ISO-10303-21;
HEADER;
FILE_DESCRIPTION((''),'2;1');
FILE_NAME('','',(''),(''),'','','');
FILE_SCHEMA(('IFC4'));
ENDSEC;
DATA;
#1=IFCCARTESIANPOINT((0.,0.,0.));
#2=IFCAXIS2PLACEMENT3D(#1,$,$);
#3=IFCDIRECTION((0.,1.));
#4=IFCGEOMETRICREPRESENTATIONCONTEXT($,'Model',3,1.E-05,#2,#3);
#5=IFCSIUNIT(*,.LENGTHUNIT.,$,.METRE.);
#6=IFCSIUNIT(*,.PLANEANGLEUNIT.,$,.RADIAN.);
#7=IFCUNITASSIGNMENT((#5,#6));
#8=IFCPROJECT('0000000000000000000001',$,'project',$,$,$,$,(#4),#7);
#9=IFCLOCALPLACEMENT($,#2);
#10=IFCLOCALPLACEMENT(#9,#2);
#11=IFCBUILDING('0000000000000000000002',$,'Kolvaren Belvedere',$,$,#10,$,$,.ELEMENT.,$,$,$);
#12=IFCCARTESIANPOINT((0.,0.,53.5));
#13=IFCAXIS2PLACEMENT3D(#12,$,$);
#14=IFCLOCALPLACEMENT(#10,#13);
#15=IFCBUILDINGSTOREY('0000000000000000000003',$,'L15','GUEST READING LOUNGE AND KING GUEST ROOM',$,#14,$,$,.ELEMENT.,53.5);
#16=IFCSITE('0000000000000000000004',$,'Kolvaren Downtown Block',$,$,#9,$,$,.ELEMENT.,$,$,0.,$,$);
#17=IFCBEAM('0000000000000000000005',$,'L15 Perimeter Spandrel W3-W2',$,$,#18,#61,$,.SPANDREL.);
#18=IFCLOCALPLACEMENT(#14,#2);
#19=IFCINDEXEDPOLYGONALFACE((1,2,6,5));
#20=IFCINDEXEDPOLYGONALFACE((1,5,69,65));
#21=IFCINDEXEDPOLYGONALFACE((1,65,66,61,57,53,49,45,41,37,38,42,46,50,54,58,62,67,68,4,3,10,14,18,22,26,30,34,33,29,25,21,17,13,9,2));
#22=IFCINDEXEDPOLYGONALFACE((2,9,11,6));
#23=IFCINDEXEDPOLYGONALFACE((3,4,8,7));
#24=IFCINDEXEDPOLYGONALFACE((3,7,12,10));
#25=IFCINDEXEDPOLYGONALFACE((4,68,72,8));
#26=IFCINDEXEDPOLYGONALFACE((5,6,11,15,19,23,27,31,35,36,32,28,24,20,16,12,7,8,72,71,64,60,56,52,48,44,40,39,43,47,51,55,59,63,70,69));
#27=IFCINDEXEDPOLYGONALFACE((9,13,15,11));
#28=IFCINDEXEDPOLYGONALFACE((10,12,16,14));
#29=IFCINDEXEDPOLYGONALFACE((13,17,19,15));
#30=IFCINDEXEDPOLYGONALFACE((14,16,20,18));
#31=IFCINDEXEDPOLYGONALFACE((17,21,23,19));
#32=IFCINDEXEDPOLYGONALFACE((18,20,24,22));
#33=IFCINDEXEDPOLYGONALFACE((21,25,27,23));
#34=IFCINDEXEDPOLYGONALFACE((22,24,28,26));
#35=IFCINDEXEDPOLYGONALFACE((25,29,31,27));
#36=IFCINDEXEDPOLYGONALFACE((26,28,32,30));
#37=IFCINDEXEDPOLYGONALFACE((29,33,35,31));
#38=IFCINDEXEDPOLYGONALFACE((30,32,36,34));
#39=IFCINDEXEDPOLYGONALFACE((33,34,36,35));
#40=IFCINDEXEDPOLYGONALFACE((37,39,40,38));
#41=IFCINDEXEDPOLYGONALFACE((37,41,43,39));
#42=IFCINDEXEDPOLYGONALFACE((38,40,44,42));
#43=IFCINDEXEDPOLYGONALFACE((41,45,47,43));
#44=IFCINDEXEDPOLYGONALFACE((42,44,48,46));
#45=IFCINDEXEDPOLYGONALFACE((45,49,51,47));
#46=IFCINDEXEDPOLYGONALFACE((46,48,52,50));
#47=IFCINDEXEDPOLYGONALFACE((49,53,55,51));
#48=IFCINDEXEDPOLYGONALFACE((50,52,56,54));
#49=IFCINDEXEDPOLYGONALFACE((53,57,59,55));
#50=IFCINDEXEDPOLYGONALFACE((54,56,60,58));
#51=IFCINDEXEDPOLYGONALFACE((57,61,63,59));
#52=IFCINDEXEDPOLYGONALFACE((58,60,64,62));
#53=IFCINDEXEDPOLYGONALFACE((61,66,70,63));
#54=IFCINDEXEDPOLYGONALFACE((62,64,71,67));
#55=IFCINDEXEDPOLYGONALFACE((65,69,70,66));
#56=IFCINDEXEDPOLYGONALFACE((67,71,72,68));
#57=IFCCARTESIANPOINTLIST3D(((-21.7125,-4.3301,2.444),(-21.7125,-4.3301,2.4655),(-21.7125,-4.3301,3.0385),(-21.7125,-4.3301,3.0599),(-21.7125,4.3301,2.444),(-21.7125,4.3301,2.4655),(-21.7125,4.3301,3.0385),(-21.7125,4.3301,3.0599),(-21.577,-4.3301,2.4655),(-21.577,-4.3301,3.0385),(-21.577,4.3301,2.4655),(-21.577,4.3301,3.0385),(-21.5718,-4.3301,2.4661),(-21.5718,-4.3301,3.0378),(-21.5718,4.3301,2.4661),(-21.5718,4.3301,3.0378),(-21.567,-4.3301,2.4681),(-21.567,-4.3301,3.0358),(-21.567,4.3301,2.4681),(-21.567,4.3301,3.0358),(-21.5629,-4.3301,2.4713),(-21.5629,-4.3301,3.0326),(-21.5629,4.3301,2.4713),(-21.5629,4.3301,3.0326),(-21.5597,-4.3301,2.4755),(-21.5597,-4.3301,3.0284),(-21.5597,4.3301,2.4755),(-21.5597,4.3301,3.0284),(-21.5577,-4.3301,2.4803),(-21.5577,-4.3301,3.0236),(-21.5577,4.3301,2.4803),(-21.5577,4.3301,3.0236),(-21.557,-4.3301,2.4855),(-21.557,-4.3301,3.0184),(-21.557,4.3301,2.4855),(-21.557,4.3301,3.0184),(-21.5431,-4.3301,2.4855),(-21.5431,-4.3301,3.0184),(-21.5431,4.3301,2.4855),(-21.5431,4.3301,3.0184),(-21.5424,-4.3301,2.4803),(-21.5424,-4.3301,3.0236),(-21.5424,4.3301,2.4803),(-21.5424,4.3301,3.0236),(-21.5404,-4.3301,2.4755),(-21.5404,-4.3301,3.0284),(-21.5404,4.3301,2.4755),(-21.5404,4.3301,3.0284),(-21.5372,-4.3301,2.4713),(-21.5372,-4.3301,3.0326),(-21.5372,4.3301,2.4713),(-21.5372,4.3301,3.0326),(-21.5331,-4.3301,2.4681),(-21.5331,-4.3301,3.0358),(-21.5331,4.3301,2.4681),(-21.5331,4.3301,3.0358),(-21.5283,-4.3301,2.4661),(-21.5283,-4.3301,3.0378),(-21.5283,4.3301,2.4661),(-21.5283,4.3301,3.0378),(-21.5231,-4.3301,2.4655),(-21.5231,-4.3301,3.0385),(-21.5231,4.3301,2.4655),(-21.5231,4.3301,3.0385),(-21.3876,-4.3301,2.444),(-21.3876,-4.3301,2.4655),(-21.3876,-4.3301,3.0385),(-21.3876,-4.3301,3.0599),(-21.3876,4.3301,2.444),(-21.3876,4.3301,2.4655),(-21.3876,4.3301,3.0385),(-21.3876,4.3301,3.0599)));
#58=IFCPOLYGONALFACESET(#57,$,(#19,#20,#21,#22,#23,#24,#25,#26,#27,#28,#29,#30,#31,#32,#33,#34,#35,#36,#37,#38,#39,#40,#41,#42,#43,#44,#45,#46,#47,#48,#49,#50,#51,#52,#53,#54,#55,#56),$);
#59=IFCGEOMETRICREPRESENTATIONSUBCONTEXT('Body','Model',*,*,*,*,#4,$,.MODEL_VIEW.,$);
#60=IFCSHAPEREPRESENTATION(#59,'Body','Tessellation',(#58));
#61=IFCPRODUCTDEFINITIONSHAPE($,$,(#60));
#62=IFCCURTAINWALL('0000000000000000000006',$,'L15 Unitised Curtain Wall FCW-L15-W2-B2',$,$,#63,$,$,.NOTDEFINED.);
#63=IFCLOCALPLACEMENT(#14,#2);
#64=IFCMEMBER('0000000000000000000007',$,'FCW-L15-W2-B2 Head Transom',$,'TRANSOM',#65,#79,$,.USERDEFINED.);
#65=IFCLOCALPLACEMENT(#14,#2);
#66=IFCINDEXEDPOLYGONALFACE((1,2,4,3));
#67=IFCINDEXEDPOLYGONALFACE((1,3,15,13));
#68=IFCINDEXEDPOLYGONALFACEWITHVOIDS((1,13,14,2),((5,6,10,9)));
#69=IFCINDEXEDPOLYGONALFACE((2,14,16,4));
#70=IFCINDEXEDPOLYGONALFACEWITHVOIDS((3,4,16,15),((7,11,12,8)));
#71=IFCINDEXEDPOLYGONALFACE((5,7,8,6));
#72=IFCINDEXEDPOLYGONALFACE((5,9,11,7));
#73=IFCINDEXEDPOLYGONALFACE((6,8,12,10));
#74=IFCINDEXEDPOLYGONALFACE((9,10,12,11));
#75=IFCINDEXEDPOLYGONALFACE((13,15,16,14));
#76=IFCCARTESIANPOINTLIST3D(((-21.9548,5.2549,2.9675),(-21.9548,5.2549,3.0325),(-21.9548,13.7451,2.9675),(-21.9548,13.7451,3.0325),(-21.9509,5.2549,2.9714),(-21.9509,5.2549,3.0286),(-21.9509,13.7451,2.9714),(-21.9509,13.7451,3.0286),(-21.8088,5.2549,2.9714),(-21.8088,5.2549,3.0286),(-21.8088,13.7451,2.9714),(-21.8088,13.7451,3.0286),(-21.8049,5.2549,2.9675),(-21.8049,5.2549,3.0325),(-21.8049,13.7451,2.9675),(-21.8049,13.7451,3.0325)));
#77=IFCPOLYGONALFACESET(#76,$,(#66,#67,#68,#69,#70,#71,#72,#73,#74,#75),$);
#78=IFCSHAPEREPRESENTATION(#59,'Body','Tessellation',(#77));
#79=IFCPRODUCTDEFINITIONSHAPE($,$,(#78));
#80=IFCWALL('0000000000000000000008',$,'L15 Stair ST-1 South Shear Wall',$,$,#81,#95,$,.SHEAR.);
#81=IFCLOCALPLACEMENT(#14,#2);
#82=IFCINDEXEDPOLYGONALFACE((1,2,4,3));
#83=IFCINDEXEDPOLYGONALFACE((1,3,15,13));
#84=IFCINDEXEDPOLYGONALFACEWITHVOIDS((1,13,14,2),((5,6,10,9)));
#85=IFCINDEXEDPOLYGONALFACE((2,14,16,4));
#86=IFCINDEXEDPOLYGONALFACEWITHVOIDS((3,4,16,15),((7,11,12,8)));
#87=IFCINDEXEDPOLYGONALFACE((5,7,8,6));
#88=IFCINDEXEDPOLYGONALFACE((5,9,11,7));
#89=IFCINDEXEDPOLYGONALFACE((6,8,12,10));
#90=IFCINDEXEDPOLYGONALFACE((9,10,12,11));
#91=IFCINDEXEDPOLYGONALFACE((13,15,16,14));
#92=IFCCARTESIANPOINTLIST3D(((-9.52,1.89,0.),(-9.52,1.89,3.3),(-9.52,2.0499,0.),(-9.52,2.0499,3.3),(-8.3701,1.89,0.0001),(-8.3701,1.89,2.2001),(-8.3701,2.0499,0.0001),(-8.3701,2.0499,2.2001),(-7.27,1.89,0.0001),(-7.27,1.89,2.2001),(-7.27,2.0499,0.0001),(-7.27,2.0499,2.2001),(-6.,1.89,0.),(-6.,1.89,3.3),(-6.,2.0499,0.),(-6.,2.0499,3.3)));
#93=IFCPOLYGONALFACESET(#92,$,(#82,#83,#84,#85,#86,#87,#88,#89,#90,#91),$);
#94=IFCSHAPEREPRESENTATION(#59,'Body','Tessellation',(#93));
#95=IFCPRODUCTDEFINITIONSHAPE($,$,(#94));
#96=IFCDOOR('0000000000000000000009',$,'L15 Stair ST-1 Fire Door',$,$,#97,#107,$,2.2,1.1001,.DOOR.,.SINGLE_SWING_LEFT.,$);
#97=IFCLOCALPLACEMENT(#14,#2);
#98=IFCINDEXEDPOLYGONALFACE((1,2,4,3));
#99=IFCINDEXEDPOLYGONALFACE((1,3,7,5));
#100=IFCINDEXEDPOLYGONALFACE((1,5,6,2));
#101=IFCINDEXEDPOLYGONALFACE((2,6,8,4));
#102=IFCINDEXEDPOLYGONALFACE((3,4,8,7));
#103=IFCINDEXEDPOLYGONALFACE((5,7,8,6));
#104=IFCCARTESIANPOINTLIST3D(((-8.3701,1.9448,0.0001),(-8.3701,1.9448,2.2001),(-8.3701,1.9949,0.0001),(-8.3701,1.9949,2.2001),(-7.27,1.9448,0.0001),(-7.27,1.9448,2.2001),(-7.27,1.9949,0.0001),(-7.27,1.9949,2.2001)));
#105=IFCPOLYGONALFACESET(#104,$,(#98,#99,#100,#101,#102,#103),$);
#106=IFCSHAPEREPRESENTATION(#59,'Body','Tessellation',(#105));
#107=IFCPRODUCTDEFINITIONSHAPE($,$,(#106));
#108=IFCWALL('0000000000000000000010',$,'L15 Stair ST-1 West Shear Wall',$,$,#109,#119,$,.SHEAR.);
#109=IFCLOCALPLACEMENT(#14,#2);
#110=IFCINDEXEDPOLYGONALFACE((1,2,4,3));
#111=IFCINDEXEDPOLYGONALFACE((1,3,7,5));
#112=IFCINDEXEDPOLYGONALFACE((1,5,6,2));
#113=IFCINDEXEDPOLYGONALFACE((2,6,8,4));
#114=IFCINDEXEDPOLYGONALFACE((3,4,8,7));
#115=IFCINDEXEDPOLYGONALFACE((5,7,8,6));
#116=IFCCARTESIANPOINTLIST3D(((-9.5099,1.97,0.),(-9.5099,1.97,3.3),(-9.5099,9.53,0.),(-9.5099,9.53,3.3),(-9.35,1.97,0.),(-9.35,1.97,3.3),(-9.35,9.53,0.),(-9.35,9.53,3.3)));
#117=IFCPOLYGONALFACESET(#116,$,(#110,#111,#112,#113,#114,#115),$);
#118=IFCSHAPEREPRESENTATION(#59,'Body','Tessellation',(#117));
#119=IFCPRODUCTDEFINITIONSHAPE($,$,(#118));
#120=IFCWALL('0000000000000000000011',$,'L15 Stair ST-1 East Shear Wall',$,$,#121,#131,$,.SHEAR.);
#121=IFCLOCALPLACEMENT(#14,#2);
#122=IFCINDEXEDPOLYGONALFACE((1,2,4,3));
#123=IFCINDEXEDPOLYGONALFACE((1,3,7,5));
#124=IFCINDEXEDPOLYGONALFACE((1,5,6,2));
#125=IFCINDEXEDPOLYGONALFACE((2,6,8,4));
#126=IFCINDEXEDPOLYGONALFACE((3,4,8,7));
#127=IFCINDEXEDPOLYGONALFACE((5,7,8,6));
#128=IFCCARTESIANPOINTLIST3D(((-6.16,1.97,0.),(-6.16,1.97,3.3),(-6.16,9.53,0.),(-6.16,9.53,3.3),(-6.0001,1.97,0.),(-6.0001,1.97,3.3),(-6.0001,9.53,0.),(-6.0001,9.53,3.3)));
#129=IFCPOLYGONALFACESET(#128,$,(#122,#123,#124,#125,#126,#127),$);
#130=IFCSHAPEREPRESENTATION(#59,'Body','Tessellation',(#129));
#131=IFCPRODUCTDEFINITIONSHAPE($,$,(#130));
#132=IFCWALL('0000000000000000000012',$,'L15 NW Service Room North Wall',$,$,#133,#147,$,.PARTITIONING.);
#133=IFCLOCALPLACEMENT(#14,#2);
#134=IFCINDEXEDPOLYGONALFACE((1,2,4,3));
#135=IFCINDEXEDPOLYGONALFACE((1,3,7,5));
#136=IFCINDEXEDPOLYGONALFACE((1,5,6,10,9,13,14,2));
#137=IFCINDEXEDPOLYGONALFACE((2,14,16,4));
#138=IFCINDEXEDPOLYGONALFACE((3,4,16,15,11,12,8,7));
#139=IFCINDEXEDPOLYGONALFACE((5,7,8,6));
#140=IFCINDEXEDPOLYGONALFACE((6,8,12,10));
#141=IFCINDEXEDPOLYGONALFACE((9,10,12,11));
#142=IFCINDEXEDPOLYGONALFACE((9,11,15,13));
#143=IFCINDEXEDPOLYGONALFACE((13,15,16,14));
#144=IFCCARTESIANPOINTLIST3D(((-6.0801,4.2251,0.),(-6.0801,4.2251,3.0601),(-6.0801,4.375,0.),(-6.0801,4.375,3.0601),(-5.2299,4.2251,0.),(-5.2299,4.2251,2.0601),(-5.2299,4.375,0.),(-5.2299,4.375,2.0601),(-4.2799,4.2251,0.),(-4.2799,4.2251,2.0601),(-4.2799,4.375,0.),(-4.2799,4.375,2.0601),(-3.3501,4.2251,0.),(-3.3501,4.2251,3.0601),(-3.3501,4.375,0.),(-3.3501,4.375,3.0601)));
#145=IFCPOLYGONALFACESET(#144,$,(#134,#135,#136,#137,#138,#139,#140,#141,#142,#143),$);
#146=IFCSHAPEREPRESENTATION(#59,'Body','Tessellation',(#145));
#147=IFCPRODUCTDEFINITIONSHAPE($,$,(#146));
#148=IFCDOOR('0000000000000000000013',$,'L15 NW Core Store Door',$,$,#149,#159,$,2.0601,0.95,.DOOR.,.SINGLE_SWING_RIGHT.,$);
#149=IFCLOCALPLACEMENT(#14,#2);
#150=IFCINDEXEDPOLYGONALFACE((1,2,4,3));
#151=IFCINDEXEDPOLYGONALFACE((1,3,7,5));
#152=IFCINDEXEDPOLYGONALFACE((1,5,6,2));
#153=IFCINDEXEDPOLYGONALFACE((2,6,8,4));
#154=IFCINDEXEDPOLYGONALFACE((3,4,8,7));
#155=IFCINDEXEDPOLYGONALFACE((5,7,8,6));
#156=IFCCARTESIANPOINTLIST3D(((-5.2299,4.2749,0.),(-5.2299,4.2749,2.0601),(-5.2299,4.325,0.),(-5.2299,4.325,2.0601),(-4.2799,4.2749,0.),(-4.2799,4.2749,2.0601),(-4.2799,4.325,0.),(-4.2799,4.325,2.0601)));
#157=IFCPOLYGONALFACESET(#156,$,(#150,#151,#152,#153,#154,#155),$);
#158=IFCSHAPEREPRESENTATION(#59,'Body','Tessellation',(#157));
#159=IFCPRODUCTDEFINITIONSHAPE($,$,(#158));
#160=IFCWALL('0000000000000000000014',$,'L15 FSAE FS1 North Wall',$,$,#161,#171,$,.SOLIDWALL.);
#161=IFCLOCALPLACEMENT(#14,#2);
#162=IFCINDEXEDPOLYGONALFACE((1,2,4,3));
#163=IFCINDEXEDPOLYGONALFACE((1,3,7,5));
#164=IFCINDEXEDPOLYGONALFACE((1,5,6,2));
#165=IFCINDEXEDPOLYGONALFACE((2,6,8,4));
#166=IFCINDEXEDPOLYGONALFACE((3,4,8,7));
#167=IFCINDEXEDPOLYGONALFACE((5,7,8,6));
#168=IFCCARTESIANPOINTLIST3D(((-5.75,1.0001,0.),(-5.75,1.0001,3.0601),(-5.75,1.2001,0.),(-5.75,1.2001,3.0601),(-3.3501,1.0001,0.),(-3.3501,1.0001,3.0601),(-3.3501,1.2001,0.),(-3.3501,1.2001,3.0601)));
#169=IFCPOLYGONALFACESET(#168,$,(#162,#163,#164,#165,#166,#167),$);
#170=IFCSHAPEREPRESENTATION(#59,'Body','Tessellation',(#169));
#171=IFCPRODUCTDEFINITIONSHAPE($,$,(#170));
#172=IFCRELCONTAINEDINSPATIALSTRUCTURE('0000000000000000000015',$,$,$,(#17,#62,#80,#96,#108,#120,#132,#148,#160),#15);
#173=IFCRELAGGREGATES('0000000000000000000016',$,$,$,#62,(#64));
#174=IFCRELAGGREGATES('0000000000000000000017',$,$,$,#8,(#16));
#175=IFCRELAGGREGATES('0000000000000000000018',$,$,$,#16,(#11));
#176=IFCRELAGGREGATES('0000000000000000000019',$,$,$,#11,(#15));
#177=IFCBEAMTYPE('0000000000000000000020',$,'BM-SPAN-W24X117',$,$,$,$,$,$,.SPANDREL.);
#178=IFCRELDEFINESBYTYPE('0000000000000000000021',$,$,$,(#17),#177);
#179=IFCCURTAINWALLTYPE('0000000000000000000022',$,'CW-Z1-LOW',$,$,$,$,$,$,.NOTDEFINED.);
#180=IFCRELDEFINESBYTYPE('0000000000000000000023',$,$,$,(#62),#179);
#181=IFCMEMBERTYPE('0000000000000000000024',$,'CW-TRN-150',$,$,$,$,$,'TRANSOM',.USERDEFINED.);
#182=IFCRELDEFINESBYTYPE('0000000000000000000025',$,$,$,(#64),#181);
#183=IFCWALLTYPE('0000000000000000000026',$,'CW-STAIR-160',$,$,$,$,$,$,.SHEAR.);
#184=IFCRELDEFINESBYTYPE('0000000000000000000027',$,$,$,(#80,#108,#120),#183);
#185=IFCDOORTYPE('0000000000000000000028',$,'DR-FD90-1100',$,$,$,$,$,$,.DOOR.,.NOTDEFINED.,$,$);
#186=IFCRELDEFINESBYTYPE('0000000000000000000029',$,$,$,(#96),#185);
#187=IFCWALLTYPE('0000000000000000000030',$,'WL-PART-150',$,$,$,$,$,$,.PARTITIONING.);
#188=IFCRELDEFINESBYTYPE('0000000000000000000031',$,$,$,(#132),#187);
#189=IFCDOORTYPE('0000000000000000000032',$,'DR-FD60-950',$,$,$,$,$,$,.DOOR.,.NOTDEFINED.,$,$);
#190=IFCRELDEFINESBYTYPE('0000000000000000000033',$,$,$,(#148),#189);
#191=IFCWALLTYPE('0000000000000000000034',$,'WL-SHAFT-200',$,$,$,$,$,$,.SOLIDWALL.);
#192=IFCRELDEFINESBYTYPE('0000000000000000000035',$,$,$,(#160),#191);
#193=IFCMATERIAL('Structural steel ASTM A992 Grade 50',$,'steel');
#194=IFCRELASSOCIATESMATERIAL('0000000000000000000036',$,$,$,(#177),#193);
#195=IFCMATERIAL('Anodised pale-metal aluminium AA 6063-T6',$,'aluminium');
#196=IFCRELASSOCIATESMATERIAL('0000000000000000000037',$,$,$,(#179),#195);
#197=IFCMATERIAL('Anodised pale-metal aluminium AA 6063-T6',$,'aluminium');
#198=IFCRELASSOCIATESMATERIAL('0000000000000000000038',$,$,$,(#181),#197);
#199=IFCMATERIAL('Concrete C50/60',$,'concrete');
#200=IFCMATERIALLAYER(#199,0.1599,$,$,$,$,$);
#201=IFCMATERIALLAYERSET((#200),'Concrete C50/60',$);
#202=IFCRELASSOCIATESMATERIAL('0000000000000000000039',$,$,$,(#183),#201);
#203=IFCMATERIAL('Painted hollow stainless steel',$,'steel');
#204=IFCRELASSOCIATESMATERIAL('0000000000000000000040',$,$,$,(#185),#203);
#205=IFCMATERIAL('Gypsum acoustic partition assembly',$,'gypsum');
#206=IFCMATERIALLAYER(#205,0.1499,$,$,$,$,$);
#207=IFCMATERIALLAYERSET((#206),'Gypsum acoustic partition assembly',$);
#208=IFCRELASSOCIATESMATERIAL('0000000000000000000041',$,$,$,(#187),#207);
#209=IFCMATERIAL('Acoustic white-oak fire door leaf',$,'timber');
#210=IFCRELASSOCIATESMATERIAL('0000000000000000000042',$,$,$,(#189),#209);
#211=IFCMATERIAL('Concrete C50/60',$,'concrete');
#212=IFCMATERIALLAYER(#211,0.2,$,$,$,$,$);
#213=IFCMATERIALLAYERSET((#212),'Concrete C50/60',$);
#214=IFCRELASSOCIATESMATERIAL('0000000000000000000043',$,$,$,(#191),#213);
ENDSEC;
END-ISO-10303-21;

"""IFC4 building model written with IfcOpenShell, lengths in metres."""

from ifc_helpers import new_model, si_unit, direction, frame, frame_2d, origin, origin_2d, place, context, subcontext, project, spatial, rectangle, hollow_rectangle, i_section, extrude, material, layer, layer_set, material_profile, profile_set, type_object, element, fill, aggregate, save


model = new_model("IFC4")

# Units and contexts
model_context = context("Model", 3, precision=1e-05, world=origin(), true_north=direction((0.0, 1.0)))
body_context = subcontext(model_context, "Body", "Model", "MODEL_VIEW")
ifc_project = project(units=[si_unit("LENGTHUNIT", "METRE"), si_unit("PLANEANGLEUNIT", "RADIAN")], contexts=[model_context])

# Site, building, storey
site_placement = place(None, origin())
site = spatial("IfcSite", under=ifc_project, at=site_placement, Name="Kolvaren Downtown Block", CompositionType="ELEMENT", RefElevation=0.0)
building_placement = place(site_placement, origin())
building = spatial("IfcBuilding", under=site, at=building_placement, Name="Kolvaren Belvedere", CompositionType="ELEMENT")
storey_placement = place(building_placement, frame((0.0, 0.0, 53.5)))
storey = spatial("IfcBuildingStorey", under=building, at=storey_placement, Name="L15", Description="GUEST READING LOUNGE AND KING GUEST ROOM", CompositionType="ELEMENT", Elevation=53.5)

# Beam
ifc_material_1 = material(Name="Structural steel ASTM A992 Grade 50", Category="steel")
ifc_material_profile_1 = material_profile(ifc_material_1, i_section(OverallWidth=0.325, OverallDepth=0.616, WebThickness=0.0139, FlangeThickness=0.0215, FilletRadius=0.02, at=origin_2d()), Name="W24X117")
ifc_profile_set_1 = profile_set([ifc_material_profile_1], Name="Structural steel ASTM A992 Grade 50")
beam_type_1 = type_object("IfcBeamType", Name="BM-SPAN-W24X117", PredefinedType="SPANDREL", material=ifc_profile_set_1)
beam_1_placement = place(storey_placement, frame((-21.55, 4.3301, 2.752), z_axis=(0.0, -1.0, 0.0), x_axis=(1.0, 0.0, 0.0)))
element("IfcBeam", 1, at=beam_1_placement, inside=storey, type_object=beam_type_1, Name="L15 Perimeter Spandrel W3-W2", PredefinedType="SPANDREL", context=body_context, shape_type="SweptSolid", body=[
    extrude(i_section(OverallWidth=0.325, OverallDepth=0.616, WebThickness=0.0139, FlangeThickness=0.0215, FilletRadius=0.02, at=origin_2d()), origin(), (0.0, 0.0, 1.0), 8.6602),
])

# Curtain wall, member
ifc_material_2 = material(Name="Anodised pale-metal aluminium AA 6063-T6", Category="aluminium")
curtain_wall_type = type_object("IfcCurtainWallType", Name="CW-Z1-LOW", PredefinedType="NOTDEFINED", material=ifc_material_2)
curtain_wall_placement = place(storey_placement, origin())
curtain_wall = element("IfcCurtainWall", 2, at=curtain_wall_placement, inside=storey, type_object=curtain_wall_type, Name="L15 Unitised Curtain Wall FCW-L15-W2-B2", PredefinedType="NOTDEFINED")
ifc_material_3 = material(Name="Anodised pale-metal aluminium AA 6063-T6", Category="aluminium")
ifc_material_profile_2 = material_profile(ifc_material_3, hollow_rectangle(XDim=0.0649, YDim=0.1499, WallThickness=0.0039, at=origin_2d()), Name="ALU-TRN-150X65")
ifc_profile_set_2 = profile_set([ifc_material_profile_2], Name="Anodised pale-metal aluminium AA 6063-T6")
member_type = type_object("IfcMemberType", Name="CW-TRN-150", ElementType="TRANSOM", PredefinedType="USERDEFINED", material=ifc_profile_set_2)
member_placement = place(storey_placement, frame((-21.8799, 5.2549, 3.0), z_axis=(0.0, 1.0, 0.0), x_axis=(0.0, 0.0, 1.0)))
member = element("IfcMember", 3, at=member_placement, type_object=member_type, Name="FCW-L15-W2-B2 Head Transom", ObjectType="TRANSOM", PredefinedType="USERDEFINED", context=body_context, shape_type="SweptSolid", body=[
    extrude(hollow_rectangle(XDim=0.0649, YDim=0.1499, WallThickness=0.0039, at=origin_2d()), origin(), (0.0, 0.0, 1.0), 8.4902),
])
aggregate(curtain_wall, [member])

# Wall, opening, door
ifc_material_4 = material(Name="Concrete C50/60", Category="concrete")
ifc_layer_1 = layer(ifc_material_4, 0.1599)
ifc_layer_set_1 = layer_set([ifc_layer_1], Name="Concrete C50/60")
wall_type_1 = type_object("IfcWallType", Name="CW-STAIR-160", PredefinedType="SHEAR", material=ifc_layer_set_1)
wall_1_placement = place(storey_placement, frame((-9.52, 1.97, 0.0), z_axis=(0.0, 0.0, 1.0), x_axis=(1.0, 0.0, 0.0)))
wall_1 = element("IfcWall", 4, at=wall_1_placement, inside=storey, type_object=wall_type_1, Name="L15 Stair ST-1 South Shear Wall", PredefinedType="SHEAR", context=body_context, shape_type="SweptSolid", body=[
    extrude(rectangle(XDim=3.52, YDim=0.1599, at=frame_2d((1.76, 0.0))), origin(), (0.0, 0.0, 1.0), 3.3),
])
opening_1_placement = place(wall_1_placement, frame((1.1499, 0.0, 0.0)))
opening_1 = element("IfcOpeningElement", 5, at=opening_1_placement, cuts=wall_1, PredefinedType="OPENING", context=body_context, shape_type="SweptSolid", body=[
    extrude(rectangle(XDim=1.1001, YDim=2.2, at=frame_2d((0.55, 1.1001))), frame((0.0, 0.0898, 0.0), z_axis=(0.0, -1.0, 0.0), x_axis=(1.0, 0.0, 0.0)), (0.0, 0.0, 1.0), 0.1799),
])
ifc_material_5 = material(Name="Painted hollow stainless steel", Category="steel")
door_type_1 = type_object("IfcDoorType", Name="DR-FD90-1100", OperationType="NOTDEFINED", PredefinedType="DOOR", material=ifc_material_5)
door_1_placement = place(opening_1_placement, origin())
door_1 = element("IfcDoor", 6, at=door_1_placement, inside=storey, type_object=door_type_1, Name="L15 Stair ST-1 Fire Door", OperationType="SINGLE_SWING_LEFT", OverallHeight=2.2, OverallWidth=1.1001, PredefinedType="DOOR", context=body_context, shape_type="SweptSolid", body=[
    extrude(rectangle(XDim=1.1001, YDim=2.2, at=frame_2d((0.55, 1.1001))), frame((0.0, 0.0249, 0.0), z_axis=(0.0, -1.0, 0.0), x_axis=(1.0, 0.0, 0.0)), (0.0, 0.0, 1.0), 0.05),
])
fill(opening_1, door_1)

# Walls
for number, where, z_axis, x_axis, name in (
    (7, (-9.4299, 1.97, 0.0), (0.0, 0.0, 1.0), (0.0, 1.0, 0.0), "L15 Stair ST-1 West Shear Wall"),
    (8, (-6.0801, 1.97, 0.0), (0.0, 0.0, 1.0), (0.0, 1.0, 0.0), "L15 Stair ST-1 East Shear Wall"),
):
    element("IfcWall", number, at=place(storey_placement, frame(where, z_axis=z_axis, x_axis=x_axis)), inside=storey, type_object=wall_type_1, Name=name, PredefinedType="SHEAR", context=body_context, shape_type="SweptSolid", body=[
        extrude(rectangle(XDim=7.5601, YDim=0.1599, at=frame_2d((3.78, 0.0))), origin(), (0.0, 0.0, 1.0), 3.3),
    ])

# Wall, opening, door
ifc_material_6 = material(Name="Gypsum acoustic partition assembly", Category="gypsum")
ifc_layer_2 = layer(ifc_material_6, 0.1499)
ifc_layer_set_2 = layer_set([ifc_layer_2], Name="Gypsum acoustic partition assembly")
wall_type_2 = type_object("IfcWallType", Name="WL-PART-150", PredefinedType="PARTITIONING", material=ifc_layer_set_2)
wall_2_placement = place(storey_placement, frame((-6.0801, 4.3, 0.0), z_axis=(0.0, 0.0, 1.0), x_axis=(1.0, 0.0, 0.0)))
wall_2 = element("IfcWall", 9, at=wall_2_placement, inside=storey, type_object=wall_type_2, Name="L15 NW Service Room North Wall", PredefinedType="PARTITIONING", context=body_context, shape_type="SweptSolid", body=[
    extrude(rectangle(XDim=2.73, YDim=0.1499, at=frame_2d((1.365, 0.0))), origin(), (0.0, 0.0, 1.0), 3.0601),
])
opening_2_placement = place(wall_2_placement, frame((0.8501, 0.0, 0.0)))
opening_2 = element("IfcOpeningElement", 10, at=opening_2_placement, cuts=wall_2, PredefinedType="OPENING", context=body_context, shape_type="SweptSolid", body=[
    extrude(rectangle(XDim=0.95, YDim=2.0601, at=frame_2d((0.4751, 1.03))), frame((0.0, 0.085, 0.0), z_axis=(0.0, -1.0, 0.0), x_axis=(1.0, 0.0, 0.0)), (0.0, 0.0, 1.0), 0.1699),
])
ifc_material_7 = material(Name="Acoustic white-oak fire door leaf", Category="timber")
door_type_2 = type_object("IfcDoorType", Name="DR-FD60-950", OperationType="NOTDEFINED", PredefinedType="DOOR", material=ifc_material_7)
door_2_placement = place(opening_2_placement, origin())
door_2 = element("IfcDoor", 11, at=door_2_placement, inside=storey, type_object=door_type_2, Name="L15 NW Core Store Door", OperationType="SINGLE_SWING_RIGHT", OverallHeight=2.0601, OverallWidth=0.95, PredefinedType="DOOR", context=body_context, shape_type="SweptSolid", body=[
    extrude(rectangle(XDim=0.95, YDim=2.0601, at=frame_2d((0.4751, 1.03))), frame((0.0, 0.0249, 0.0), z_axis=(0.0, -1.0, 0.0), x_axis=(1.0, 0.0, 0.0)), (0.0, 0.0, 1.0), 0.05),
])
fill(opening_2, door_2)

# Wall
ifc_material_8 = material(Name="Concrete C50/60", Category="concrete")
ifc_layer_3 = layer(ifc_material_8, 0.2)
ifc_layer_set_3 = layer_set([ifc_layer_3], Name="Concrete C50/60")
wall_type_3 = type_object("IfcWallType", Name="WL-SHAFT-200", PredefinedType="SOLIDWALL", material=ifc_layer_set_3)
wall_3_placement = place(storey_placement, frame((-5.75, 1.1001, 0.0), z_axis=(0.0, 0.0, 1.0), x_axis=(1.0, 0.0, 0.0)))
element("IfcWall", 12, at=wall_3_placement, inside=storey, type_object=wall_type_3, Name="L15 FSAE FS1 North Wall", PredefinedType="SOLIDWALL", context=body_context, shape_type="SweptSolid", body=[
    extrude(rectangle(XDim=2.3999, YDim=0.2, at=frame_2d((1.2, 0.0))), origin(), (0.0, 0.0, 1.0), 3.0601),
])

save(model, "model.ifc")
